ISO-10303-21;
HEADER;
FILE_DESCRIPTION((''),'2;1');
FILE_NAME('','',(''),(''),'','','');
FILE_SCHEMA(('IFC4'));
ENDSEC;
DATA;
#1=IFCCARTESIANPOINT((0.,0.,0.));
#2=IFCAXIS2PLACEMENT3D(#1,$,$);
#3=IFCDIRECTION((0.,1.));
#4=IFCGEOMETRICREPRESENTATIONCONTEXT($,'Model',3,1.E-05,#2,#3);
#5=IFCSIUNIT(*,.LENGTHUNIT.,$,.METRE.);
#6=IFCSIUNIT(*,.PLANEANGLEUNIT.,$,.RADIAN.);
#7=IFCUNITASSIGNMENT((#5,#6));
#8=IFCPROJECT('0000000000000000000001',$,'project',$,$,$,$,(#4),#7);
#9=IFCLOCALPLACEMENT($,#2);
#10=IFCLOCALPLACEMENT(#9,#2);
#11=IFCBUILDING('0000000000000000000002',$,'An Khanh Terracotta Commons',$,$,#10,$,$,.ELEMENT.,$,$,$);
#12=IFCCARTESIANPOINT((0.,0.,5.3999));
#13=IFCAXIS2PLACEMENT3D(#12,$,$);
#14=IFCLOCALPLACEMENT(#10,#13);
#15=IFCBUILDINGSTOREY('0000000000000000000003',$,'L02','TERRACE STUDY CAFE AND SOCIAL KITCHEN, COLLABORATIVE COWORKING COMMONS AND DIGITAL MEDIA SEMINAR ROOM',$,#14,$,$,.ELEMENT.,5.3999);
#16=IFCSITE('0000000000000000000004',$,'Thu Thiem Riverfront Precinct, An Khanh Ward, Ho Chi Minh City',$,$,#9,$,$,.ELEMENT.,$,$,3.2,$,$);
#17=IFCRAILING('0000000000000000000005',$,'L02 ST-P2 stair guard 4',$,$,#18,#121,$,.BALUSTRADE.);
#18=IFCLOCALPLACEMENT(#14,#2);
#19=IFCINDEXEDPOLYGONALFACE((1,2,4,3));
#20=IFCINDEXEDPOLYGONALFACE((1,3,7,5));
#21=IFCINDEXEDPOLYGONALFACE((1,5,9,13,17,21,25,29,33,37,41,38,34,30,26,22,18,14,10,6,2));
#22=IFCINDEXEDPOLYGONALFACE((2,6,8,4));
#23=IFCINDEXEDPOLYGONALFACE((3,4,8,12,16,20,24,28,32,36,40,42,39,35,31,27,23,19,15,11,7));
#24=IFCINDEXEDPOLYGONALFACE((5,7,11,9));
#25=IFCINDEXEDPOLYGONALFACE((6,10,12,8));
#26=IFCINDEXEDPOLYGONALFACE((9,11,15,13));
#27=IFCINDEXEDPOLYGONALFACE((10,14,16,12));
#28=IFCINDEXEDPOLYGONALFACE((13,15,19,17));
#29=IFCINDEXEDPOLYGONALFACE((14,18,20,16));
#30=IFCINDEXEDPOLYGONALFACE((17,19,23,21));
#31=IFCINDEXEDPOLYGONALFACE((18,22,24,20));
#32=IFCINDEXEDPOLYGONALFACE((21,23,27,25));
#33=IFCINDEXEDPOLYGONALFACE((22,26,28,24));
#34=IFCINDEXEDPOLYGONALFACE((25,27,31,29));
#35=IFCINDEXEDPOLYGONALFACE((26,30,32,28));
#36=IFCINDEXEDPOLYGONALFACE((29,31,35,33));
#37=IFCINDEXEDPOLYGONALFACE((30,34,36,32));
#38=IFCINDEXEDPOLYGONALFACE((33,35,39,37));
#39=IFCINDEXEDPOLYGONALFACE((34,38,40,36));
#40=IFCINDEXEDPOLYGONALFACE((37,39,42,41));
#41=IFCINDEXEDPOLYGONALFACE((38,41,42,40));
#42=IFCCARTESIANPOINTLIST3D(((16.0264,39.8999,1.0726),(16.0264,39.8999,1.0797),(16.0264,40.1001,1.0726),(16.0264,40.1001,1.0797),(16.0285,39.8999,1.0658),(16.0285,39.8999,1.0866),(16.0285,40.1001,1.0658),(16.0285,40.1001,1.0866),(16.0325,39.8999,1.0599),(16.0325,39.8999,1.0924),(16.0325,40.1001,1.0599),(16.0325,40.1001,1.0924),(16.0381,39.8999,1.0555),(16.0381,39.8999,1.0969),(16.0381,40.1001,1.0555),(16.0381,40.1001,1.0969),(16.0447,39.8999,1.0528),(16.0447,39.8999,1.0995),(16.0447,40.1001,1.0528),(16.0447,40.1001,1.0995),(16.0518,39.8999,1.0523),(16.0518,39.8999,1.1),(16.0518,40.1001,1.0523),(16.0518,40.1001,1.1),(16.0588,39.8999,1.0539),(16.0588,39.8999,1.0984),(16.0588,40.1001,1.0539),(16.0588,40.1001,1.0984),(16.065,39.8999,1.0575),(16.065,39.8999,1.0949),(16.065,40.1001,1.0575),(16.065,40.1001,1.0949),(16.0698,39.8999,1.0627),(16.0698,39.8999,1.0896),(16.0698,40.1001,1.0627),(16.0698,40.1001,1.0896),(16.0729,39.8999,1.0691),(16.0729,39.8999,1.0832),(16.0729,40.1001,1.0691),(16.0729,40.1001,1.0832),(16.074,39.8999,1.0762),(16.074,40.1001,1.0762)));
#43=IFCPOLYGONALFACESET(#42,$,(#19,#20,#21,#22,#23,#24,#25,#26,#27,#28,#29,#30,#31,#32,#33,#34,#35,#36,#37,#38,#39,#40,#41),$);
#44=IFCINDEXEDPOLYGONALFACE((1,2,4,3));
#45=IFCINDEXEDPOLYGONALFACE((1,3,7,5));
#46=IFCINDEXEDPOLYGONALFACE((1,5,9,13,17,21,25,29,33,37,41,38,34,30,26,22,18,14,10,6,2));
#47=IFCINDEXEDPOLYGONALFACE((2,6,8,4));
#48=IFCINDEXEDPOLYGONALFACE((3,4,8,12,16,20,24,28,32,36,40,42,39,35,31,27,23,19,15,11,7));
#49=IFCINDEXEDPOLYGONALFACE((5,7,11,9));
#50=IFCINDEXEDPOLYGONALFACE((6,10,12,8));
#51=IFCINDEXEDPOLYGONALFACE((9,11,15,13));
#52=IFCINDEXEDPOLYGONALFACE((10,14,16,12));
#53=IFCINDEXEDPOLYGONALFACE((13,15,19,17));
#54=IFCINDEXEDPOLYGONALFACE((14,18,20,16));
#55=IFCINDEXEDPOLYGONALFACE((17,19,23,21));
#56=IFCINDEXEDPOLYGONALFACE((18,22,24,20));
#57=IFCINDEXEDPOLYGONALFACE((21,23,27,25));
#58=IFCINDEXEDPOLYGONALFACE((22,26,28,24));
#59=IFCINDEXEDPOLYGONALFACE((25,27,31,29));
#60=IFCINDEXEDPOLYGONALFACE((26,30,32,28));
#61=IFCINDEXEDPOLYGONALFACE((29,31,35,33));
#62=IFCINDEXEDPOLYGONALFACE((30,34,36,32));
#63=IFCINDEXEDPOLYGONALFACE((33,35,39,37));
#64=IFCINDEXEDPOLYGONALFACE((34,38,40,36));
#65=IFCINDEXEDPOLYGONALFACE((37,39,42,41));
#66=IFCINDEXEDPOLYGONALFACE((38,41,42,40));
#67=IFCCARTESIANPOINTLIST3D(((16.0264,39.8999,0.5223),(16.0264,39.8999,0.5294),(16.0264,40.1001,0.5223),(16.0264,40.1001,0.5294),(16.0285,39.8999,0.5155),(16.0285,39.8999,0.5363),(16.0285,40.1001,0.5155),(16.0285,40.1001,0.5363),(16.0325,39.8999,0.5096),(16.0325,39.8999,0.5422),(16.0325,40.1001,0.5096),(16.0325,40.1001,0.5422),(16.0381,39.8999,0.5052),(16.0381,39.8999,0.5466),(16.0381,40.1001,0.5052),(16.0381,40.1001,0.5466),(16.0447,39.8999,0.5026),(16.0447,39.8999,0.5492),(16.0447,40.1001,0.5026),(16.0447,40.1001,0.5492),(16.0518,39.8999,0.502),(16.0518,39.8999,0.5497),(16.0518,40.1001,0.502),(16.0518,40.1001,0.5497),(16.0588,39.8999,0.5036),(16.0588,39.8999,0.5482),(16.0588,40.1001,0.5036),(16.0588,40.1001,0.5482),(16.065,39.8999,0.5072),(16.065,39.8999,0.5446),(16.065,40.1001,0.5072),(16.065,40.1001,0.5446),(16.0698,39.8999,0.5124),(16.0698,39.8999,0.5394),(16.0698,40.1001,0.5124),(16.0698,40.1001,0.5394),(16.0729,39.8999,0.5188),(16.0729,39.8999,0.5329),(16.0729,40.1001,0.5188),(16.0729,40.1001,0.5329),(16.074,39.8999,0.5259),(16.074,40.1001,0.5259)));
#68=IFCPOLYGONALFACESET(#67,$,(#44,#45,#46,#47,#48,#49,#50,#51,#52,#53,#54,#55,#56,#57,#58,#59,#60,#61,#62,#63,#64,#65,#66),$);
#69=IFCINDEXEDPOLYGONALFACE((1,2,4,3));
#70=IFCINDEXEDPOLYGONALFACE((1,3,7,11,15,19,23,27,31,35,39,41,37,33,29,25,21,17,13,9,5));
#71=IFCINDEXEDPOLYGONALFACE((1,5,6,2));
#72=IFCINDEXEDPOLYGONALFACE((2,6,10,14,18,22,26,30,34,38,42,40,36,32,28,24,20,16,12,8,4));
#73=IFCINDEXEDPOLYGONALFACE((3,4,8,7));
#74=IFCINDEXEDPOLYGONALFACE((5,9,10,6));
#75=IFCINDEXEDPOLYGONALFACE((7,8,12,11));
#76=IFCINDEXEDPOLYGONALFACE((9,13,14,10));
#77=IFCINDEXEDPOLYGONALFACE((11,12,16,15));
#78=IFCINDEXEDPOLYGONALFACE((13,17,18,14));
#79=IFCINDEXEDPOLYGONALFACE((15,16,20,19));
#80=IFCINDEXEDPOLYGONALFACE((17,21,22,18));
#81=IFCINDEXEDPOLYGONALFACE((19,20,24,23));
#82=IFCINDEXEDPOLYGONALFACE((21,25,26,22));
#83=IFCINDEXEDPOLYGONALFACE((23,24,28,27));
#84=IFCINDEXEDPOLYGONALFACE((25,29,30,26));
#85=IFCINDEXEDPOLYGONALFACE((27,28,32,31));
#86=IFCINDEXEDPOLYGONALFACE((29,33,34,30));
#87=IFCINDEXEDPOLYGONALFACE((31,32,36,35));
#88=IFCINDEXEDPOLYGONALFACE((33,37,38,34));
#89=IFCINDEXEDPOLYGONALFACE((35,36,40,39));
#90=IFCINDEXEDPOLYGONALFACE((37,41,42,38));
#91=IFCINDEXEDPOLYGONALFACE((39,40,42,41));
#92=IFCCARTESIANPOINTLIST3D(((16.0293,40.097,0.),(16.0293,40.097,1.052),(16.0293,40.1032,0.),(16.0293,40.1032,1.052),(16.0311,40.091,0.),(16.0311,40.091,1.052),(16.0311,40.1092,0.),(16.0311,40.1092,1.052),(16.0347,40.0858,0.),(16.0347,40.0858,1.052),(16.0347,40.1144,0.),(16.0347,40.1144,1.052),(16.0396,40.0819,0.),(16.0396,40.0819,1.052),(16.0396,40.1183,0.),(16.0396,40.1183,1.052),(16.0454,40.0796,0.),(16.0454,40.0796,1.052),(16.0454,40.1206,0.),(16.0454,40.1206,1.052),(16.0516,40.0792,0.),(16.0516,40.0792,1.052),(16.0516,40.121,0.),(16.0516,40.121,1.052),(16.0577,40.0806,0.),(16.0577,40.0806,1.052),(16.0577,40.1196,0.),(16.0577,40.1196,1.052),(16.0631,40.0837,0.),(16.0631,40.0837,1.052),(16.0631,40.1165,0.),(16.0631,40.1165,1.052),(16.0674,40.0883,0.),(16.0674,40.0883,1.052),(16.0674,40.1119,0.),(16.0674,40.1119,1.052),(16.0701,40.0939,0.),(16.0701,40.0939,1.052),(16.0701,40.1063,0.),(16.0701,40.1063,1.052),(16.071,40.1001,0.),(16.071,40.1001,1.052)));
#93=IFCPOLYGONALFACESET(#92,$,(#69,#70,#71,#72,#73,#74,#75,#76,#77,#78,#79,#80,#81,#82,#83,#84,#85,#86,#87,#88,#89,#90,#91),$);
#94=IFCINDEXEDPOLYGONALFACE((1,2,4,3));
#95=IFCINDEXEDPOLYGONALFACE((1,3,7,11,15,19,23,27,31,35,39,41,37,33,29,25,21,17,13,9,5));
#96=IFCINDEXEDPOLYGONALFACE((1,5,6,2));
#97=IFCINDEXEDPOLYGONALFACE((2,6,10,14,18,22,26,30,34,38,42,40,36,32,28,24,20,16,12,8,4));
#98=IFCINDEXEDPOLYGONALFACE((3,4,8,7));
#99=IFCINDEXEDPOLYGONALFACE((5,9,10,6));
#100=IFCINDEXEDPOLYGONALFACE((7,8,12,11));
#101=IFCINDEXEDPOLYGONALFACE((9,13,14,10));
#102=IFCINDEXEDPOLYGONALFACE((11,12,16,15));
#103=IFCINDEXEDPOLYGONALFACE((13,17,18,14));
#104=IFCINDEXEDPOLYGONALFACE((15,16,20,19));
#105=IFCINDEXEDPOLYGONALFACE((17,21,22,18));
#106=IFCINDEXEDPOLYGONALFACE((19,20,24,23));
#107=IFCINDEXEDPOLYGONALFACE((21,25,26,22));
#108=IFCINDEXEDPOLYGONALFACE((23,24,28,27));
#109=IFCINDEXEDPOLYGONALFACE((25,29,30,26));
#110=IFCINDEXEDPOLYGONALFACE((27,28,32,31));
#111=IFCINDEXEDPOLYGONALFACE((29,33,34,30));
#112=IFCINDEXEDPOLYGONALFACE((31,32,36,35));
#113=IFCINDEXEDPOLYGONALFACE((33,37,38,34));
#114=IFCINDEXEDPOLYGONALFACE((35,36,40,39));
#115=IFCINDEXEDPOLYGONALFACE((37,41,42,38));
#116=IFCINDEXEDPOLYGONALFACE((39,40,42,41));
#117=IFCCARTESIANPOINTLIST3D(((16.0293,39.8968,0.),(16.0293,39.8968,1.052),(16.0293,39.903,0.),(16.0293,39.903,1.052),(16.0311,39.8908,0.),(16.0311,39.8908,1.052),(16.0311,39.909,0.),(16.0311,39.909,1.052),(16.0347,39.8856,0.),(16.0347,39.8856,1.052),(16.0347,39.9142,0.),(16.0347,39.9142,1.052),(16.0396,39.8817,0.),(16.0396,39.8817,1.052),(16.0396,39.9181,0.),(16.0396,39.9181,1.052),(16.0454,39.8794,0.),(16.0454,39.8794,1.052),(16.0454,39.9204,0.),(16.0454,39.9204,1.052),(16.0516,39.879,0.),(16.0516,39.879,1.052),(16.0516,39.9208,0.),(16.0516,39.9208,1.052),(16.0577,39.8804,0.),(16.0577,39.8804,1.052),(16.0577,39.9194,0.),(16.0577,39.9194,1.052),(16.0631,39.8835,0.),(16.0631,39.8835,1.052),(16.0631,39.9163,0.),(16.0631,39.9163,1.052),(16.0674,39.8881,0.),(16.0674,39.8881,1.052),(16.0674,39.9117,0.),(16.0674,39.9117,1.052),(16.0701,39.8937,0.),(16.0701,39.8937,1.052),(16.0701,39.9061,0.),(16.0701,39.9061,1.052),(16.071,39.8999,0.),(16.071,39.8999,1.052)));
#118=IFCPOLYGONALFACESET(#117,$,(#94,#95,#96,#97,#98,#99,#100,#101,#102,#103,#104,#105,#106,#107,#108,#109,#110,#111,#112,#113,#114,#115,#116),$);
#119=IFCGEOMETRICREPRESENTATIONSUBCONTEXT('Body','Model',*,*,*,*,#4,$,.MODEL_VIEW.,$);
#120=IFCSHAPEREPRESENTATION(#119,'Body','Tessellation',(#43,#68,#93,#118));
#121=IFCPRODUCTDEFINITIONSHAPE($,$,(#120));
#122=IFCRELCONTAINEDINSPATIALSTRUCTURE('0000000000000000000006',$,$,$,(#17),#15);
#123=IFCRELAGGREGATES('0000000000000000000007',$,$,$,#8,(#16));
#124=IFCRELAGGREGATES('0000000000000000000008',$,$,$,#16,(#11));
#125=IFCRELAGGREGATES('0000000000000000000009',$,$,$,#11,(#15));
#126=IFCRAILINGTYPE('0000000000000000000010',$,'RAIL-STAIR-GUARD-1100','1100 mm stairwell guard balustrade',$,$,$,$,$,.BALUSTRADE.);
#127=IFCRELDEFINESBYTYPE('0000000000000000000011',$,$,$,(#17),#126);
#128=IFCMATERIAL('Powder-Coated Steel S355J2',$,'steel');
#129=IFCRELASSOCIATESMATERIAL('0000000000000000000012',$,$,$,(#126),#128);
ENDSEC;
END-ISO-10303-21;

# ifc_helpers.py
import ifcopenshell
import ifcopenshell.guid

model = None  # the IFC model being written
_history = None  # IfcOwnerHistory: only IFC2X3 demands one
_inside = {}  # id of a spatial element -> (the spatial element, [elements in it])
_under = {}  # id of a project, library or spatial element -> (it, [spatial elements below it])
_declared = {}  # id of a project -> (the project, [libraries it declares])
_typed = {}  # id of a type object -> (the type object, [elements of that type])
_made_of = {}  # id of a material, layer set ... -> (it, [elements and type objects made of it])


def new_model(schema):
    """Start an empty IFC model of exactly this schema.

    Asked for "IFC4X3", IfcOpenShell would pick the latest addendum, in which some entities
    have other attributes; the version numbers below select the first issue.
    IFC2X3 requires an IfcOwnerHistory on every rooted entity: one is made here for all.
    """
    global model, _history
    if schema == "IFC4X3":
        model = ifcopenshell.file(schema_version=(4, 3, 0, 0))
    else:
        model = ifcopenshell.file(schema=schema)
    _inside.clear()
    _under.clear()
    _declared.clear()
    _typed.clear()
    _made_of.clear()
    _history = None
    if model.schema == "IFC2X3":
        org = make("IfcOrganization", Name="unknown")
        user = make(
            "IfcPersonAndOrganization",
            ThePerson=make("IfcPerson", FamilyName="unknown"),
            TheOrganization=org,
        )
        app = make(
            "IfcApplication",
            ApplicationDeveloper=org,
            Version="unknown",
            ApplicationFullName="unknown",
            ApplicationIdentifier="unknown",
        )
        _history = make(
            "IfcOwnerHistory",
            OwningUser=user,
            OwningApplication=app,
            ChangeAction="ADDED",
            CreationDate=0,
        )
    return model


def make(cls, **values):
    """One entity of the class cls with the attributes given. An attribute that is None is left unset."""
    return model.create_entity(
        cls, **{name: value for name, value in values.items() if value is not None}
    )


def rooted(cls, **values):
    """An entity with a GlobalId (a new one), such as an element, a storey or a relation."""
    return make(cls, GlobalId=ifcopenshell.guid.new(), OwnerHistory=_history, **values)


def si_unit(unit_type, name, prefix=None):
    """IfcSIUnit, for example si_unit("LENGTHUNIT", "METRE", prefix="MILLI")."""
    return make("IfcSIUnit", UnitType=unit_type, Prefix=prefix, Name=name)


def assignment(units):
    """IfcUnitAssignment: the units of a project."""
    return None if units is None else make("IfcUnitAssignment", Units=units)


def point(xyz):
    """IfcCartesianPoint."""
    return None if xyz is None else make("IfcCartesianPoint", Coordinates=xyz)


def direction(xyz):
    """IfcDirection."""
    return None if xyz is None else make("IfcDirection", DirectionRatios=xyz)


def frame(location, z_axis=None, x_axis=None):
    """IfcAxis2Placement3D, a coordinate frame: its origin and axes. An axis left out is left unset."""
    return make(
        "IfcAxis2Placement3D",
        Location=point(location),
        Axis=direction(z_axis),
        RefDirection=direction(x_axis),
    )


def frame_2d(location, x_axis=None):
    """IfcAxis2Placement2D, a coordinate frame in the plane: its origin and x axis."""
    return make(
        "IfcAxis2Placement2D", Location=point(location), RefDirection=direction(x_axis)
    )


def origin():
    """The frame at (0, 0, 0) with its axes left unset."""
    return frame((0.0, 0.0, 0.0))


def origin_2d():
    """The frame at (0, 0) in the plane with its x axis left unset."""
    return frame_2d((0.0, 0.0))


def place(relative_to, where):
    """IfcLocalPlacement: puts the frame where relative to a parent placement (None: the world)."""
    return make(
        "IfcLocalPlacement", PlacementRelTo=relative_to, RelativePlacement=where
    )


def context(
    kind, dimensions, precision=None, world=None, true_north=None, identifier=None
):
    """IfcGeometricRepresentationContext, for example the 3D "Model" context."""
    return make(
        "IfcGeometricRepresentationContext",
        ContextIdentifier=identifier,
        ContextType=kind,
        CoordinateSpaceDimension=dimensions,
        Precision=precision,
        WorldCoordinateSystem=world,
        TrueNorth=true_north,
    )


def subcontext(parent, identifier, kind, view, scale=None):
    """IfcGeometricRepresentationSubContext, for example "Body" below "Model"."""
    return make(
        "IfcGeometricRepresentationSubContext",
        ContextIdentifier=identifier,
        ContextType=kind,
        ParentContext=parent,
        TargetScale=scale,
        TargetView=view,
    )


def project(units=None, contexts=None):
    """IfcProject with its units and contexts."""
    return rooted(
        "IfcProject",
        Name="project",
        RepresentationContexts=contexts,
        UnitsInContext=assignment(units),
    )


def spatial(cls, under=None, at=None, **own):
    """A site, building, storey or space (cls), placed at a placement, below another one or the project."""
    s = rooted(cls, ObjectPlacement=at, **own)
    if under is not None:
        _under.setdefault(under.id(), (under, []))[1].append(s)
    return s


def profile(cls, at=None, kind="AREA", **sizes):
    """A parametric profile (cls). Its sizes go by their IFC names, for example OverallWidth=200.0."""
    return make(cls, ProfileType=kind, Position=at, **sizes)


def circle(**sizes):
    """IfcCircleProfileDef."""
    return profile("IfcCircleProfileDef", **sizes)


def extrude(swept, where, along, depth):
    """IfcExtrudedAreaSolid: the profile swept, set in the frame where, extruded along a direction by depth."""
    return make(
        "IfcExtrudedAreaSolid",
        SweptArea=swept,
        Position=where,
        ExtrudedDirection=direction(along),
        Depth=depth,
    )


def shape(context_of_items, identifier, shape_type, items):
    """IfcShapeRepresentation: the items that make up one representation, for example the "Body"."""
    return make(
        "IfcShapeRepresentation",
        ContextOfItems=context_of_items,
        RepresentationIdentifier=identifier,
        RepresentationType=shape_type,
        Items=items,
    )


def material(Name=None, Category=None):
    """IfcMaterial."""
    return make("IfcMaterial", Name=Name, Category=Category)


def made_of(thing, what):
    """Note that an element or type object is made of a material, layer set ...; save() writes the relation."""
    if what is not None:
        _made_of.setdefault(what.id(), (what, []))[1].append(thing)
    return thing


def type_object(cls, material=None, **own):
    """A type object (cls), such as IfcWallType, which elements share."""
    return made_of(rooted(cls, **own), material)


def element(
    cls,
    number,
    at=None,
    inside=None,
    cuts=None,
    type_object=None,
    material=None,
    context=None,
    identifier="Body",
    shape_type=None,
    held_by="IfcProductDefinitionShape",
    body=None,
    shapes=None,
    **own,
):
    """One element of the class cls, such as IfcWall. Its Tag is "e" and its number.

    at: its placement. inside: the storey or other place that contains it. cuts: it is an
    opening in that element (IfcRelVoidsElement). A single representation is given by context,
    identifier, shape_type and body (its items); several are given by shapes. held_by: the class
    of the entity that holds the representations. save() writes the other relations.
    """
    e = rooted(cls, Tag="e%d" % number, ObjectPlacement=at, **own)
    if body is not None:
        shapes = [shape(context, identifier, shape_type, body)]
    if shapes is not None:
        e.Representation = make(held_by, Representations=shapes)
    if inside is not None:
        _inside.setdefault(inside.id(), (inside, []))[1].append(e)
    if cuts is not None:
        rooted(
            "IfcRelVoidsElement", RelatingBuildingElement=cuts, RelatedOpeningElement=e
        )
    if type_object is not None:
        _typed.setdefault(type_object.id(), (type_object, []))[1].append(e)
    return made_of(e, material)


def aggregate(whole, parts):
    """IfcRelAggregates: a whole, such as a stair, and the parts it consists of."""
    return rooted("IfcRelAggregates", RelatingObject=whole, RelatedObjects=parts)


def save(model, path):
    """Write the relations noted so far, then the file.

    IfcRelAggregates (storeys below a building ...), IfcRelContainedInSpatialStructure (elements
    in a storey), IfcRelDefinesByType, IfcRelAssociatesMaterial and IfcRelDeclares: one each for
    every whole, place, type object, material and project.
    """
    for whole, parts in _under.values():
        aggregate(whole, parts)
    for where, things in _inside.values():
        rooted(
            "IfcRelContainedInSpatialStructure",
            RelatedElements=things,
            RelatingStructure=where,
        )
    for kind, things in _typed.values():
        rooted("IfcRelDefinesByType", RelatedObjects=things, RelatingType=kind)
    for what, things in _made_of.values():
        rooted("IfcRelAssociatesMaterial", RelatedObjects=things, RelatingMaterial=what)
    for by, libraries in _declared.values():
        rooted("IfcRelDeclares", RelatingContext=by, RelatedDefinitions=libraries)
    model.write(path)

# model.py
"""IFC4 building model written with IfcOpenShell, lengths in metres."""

from ifc_helpers import new_model, si_unit, direction, frame, origin, origin_2d, place, context, subcontext, project, spatial, circle, extrude, material, type_object, element, save


model = new_model("IFC4")

# Units and contexts
model_context = context("Model", 3, precision=1e-05, world=origin(), true_north=direction((0.0, 1.0)))
body_context = subcontext(model_context, "Body", "Model", "MODEL_VIEW")
ifc_project = project(units=[si_unit("LENGTHUNIT", "METRE"), si_unit("PLANEANGLEUNIT", "RADIAN")], contexts=[model_context])

# Site, building, storey
site_placement = place(None, origin())
site = spatial("IfcSite", under=ifc_project, at=site_placement, Name="Thu Thiem Riverfront Precinct, An Khanh Ward, Ho Chi Minh City", CompositionType="ELEMENT", RefElevation=3.2)
building_placement = place(site_placement, origin())
building = spatial("IfcBuilding", under=site, at=building_placement, Name="An Khanh Terracotta Commons", CompositionType="ELEMENT")
storey_placement = place(building_placement, frame((0.0, 0.0, 5.3999)))
storey = spatial("IfcBuildingStorey", under=building, at=storey_placement, Name="L02", Description="TERRACE STUDY CAFE AND SOCIAL KITCHEN, COLLABORATIVE COWORKING COMMONS AND DIGITAL MEDIA SEMINAR ROOM", CompositionType="ELEMENT", Elevation=5.3999)

# Railing
ifc_material_1 = material(Name="Powder-Coated Steel S355J2", Category="steel")
railing_type_1 = type_object("IfcRailingType", Name="RAIL-STAIR-GUARD-1100", Description="1100 mm stairwell guard balustrade", PredefinedType="BALUSTRADE", material=ifc_material_1)
railing_1_placement = place(storey_placement, frame((16.05, 40.1001, 0.0)))
element("IfcRailing", 1, at=railing_1_placement, inside=storey, type_object=railing_type_1, Name="L02 ST-P2 stair guard 4", PredefinedType="BALUSTRADE", context=body_context, shape_type="SweptSolid", body=[
    extrude(circle(Radius=0.0239, at=origin_2d()), frame((0.0, 0.0, 1.0762), z_axis=(0.0, -1.0, 0.0), x_axis=(1.0, 0.0, 0.0)), (0.0, 0.0, 1.0), 0.2002),
    extrude(circle(Radius=0.0239, at=origin_2d()), frame((0.0, 0.0, 0.5259), z_axis=(0.0, -1.0, 0.0), x_axis=(1.0, 0.0, 0.0)), (0.0, 0.0, 1.0), 0.2002),
    extrude(circle(Radius=0.021, at=origin_2d()), origin(), (0.0, 0.0, 1.0), 1.052),
    extrude(circle(Radius=0.021, at=origin_2d()), frame((0.0, -0.2002, 0.0)), (0.0, 0.0, 1.0), 1.052),
])

save(model, "model.ifc")
